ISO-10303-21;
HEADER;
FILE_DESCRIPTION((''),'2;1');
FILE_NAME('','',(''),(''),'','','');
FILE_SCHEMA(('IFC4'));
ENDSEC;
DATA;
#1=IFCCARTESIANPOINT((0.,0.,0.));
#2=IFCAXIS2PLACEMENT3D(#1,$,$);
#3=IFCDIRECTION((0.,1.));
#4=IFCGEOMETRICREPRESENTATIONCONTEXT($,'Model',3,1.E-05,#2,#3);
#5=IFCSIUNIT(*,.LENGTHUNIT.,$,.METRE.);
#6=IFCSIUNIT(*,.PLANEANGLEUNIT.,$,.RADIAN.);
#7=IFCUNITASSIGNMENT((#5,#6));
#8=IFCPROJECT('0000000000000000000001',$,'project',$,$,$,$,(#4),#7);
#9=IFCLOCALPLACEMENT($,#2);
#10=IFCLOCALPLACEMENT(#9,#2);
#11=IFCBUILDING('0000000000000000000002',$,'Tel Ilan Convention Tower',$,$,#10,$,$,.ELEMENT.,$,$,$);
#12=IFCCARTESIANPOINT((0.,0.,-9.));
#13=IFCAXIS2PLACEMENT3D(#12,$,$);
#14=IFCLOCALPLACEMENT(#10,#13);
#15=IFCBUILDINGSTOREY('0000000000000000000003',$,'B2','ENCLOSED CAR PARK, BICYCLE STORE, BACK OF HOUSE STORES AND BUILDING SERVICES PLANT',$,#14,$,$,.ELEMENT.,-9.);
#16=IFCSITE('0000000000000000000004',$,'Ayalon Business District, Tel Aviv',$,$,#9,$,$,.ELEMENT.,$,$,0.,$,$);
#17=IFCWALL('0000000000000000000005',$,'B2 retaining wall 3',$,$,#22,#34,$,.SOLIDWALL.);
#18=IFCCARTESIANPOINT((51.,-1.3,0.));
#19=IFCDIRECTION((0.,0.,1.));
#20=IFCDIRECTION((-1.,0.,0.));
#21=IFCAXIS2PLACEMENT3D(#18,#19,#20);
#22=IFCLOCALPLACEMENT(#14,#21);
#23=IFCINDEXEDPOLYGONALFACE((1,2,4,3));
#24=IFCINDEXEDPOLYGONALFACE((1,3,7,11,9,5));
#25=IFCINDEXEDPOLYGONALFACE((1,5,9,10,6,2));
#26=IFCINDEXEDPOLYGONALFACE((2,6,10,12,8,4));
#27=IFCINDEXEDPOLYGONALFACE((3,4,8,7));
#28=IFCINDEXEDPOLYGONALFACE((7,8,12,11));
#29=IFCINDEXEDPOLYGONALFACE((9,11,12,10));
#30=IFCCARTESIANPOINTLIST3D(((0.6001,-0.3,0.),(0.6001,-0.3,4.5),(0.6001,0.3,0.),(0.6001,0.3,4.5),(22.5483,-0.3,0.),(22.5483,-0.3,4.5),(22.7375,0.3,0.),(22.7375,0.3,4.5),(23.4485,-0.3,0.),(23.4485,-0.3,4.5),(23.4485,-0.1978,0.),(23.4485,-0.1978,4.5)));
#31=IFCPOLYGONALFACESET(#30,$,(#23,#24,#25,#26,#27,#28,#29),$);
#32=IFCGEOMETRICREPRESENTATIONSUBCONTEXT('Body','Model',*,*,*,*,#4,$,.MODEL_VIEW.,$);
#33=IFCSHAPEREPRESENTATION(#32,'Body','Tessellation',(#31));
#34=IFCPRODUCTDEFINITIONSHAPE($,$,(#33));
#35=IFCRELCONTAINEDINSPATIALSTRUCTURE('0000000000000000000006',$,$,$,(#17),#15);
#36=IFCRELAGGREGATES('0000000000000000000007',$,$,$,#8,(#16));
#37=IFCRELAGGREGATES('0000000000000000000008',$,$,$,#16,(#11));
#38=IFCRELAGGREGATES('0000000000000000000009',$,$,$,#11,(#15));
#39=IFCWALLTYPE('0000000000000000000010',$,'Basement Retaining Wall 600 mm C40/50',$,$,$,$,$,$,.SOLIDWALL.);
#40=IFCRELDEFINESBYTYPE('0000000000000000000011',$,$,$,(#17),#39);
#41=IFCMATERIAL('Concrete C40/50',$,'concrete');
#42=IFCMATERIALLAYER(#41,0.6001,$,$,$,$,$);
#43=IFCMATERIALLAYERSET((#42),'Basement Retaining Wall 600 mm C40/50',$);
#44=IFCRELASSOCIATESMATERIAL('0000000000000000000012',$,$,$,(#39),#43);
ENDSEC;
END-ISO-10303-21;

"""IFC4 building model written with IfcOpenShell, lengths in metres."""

from ifc_helpers import new_model, si_unit, direction, frame, origin, place, context, subcontext, project, spatial, polyline, outline, extrude, material, layer, layer_set, type_object, element, save


model = new_model("IFC4")

# Units and contexts
model_context = context("Model", 3, precision=1e-05, world=origin(), true_north=direction((0.0, 1.0)))
body_context = subcontext(model_context, "Body", "Model", "MODEL_VIEW")
ifc_project = project(units=[si_unit("LENGTHUNIT", "METRE"), si_unit("PLANEANGLEUNIT", "RADIAN")], contexts=[model_context])

# Site, building, storey
site_placement = place(None, origin())
site = spatial("IfcSite", under=ifc_project, at=site_placement, Name="Ayalon Business District, Tel Aviv", CompositionType="ELEMENT", RefElevation=0.0)
building_placement = place(site_placement, origin())
building = spatial("IfcBuilding", under=site, at=building_placement, Name="Tel Ilan Convention Tower", CompositionType="ELEMENT")
storey_placement = place(building_placement, frame((0.0, 0.0, -9.0)))
storey = spatial("IfcBuildingStorey", under=building, at=storey_placement, Name="B2", Description="ENCLOSED CAR PARK, BICYCLE STORE, BACK OF HOUSE STORES AND BUILDING SERVICES PLANT", CompositionType="ELEMENT", Elevation=-9.0)

# Wall
ifc_material_1 = material(Name="Concrete C40/50", Category="concrete")
ifc_layer_1 = layer(ifc_material_1, 0.6001)
ifc_layer_set_1 = layer_set([ifc_layer_1], Name="Basement Retaining Wall 600 mm C40/50")
wall_type_1 = type_object("IfcWallType", Name="Basement Retaining Wall 600 mm C40/50", PredefinedType="SOLIDWALL", material=ifc_layer_set_1)
wall_1_placement = place(storey_placement, frame((51.0, -1.3, 0.0), z_axis=(0.0, 0.0, 1.0), x_axis=(-1.0, 0.0, 0.0)))
element("IfcWall", 1, at=wall_1_placement, inside=storey, type_object=wall_type_1, Name="B2 retaining wall 3", PredefinedType="SOLIDWALL", context=body_context, shape_type="SweptSolid", body=[
    extrude(outline(polyline([(22.7375, 0.3), (23.4485, -0.1978), (23.4485, -0.3), (22.5483, -0.3), (0.6001, -0.3), (0.6001, 0.3), (22.7375, 0.3)])), origin(), (0.0, 0.0, 1.0), 4.5),
])

save(model, "model.ifc")
